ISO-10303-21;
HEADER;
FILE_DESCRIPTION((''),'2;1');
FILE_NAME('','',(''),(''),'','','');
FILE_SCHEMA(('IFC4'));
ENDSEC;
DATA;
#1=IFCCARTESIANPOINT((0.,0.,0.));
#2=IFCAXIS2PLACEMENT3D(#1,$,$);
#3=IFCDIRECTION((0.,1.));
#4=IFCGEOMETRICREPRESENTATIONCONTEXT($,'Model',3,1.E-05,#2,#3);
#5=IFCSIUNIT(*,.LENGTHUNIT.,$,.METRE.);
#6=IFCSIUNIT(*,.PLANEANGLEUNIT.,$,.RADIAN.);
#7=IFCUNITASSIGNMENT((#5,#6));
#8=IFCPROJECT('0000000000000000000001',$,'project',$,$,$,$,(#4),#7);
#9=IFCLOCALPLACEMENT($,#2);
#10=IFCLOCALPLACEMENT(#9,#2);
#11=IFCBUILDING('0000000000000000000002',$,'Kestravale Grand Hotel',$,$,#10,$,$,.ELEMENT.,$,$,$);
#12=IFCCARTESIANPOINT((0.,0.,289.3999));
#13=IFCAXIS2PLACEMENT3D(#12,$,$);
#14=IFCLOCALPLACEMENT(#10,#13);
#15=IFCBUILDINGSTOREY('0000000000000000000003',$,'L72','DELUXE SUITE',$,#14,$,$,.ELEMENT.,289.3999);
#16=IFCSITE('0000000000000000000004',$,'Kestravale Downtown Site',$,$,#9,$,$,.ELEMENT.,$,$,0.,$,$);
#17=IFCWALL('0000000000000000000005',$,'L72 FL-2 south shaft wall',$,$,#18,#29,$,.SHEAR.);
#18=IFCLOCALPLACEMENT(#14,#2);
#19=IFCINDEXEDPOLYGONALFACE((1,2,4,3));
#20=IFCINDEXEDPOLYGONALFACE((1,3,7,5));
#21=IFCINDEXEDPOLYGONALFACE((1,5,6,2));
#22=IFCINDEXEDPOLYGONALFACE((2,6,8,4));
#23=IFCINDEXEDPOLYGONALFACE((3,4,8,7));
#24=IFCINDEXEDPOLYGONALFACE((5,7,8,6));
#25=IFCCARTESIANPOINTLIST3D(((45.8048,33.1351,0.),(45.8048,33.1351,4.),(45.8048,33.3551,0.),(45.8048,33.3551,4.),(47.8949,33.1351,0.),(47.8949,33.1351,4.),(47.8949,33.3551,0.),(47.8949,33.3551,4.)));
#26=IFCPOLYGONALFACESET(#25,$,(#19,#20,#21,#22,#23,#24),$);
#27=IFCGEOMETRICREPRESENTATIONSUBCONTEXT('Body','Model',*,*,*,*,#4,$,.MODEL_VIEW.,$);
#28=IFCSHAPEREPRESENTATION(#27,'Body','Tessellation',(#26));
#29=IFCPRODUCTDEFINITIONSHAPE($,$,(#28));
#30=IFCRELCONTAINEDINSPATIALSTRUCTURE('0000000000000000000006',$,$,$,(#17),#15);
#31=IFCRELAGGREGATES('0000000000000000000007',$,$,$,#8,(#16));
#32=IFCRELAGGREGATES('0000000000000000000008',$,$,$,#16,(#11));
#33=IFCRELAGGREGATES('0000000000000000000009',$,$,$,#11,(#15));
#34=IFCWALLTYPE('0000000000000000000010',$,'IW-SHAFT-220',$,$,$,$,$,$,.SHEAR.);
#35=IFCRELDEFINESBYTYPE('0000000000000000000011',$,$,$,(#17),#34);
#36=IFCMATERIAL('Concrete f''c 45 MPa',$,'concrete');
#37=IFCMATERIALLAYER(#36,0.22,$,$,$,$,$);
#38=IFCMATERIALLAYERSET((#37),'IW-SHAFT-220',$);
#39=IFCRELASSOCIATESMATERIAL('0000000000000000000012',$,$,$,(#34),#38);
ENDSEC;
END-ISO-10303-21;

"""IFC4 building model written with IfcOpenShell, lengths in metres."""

from ifc_helpers import new_model, si_unit, direction, frame, frame_2d, origin, place, context, subcontext, project, spatial, rectangle, extrude, material, layer, layer_set, type_object, element, save


model = new_model("IFC4")

# Units and contexts
model_context = context("Model", 3, precision=1e-05, world=origin(), true_north=direction((0.0, 1.0)))
body_context = subcontext(model_context, "Body", "Model", "MODEL_VIEW")
ifc_project = project(units=[si_unit("LENGTHUNIT", "METRE"), si_unit("PLANEANGLEUNIT", "RADIAN")], contexts=[model_context])

# Site, building, storey
site_placement = place(None, origin())
site = spatial("IfcSite", under=ifc_project, at=site_placement, Name="Kestravale Downtown Site", CompositionType="ELEMENT", RefElevation=0.0)
building_placement = place(site_placement, origin())
building = spatial("IfcBuilding", under=site, at=building_placement, Name="Kestravale Grand Hotel", CompositionType="ELEMENT")
storey_placement = place(building_placement, frame((0.0, 0.0, 289.3999)))
storey = spatial("IfcBuildingStorey", under=building, at=storey_placement, Name="L72", Description="DELUXE SUITE", CompositionType="ELEMENT", Elevation=289.3999)

# Shared definitions
ifc_material_1 = material(Name="Concrete f'c 45 MPa", Category="concrete")
ifc_layer_1 = layer(ifc_material_1, 0.22)
ifc_layer_set_1 = layer_set([ifc_layer_1], Name="IW-SHAFT-220")
wall_type_1 = type_object("IfcWallType", Name="IW-SHAFT-220", PredefinedType="SHEAR", material=ifc_layer_set_1)

# Wall
wall_1_placement = place(storey_placement, frame((45.8049, 33.2451, 0.0), z_axis=(0.0, 0.0, 1.0), x_axis=(1.0, 0.0, 0.0)))
element("IfcWall", 1, at=wall_1_placement, inside=storey, type_object=wall_type_1, Name="L72 FL-2 south shaft wall", PredefinedType="SHEAR", context=body_context, shape_type="SweptSolid", body=[
    extrude(rectangle(XDim=2.0901, YDim=0.22, at=frame_2d((1.0449, 0.0))), origin(), (0.0, 0.0, 1.0), 4.0),
])

save(model, "model.ifc")
